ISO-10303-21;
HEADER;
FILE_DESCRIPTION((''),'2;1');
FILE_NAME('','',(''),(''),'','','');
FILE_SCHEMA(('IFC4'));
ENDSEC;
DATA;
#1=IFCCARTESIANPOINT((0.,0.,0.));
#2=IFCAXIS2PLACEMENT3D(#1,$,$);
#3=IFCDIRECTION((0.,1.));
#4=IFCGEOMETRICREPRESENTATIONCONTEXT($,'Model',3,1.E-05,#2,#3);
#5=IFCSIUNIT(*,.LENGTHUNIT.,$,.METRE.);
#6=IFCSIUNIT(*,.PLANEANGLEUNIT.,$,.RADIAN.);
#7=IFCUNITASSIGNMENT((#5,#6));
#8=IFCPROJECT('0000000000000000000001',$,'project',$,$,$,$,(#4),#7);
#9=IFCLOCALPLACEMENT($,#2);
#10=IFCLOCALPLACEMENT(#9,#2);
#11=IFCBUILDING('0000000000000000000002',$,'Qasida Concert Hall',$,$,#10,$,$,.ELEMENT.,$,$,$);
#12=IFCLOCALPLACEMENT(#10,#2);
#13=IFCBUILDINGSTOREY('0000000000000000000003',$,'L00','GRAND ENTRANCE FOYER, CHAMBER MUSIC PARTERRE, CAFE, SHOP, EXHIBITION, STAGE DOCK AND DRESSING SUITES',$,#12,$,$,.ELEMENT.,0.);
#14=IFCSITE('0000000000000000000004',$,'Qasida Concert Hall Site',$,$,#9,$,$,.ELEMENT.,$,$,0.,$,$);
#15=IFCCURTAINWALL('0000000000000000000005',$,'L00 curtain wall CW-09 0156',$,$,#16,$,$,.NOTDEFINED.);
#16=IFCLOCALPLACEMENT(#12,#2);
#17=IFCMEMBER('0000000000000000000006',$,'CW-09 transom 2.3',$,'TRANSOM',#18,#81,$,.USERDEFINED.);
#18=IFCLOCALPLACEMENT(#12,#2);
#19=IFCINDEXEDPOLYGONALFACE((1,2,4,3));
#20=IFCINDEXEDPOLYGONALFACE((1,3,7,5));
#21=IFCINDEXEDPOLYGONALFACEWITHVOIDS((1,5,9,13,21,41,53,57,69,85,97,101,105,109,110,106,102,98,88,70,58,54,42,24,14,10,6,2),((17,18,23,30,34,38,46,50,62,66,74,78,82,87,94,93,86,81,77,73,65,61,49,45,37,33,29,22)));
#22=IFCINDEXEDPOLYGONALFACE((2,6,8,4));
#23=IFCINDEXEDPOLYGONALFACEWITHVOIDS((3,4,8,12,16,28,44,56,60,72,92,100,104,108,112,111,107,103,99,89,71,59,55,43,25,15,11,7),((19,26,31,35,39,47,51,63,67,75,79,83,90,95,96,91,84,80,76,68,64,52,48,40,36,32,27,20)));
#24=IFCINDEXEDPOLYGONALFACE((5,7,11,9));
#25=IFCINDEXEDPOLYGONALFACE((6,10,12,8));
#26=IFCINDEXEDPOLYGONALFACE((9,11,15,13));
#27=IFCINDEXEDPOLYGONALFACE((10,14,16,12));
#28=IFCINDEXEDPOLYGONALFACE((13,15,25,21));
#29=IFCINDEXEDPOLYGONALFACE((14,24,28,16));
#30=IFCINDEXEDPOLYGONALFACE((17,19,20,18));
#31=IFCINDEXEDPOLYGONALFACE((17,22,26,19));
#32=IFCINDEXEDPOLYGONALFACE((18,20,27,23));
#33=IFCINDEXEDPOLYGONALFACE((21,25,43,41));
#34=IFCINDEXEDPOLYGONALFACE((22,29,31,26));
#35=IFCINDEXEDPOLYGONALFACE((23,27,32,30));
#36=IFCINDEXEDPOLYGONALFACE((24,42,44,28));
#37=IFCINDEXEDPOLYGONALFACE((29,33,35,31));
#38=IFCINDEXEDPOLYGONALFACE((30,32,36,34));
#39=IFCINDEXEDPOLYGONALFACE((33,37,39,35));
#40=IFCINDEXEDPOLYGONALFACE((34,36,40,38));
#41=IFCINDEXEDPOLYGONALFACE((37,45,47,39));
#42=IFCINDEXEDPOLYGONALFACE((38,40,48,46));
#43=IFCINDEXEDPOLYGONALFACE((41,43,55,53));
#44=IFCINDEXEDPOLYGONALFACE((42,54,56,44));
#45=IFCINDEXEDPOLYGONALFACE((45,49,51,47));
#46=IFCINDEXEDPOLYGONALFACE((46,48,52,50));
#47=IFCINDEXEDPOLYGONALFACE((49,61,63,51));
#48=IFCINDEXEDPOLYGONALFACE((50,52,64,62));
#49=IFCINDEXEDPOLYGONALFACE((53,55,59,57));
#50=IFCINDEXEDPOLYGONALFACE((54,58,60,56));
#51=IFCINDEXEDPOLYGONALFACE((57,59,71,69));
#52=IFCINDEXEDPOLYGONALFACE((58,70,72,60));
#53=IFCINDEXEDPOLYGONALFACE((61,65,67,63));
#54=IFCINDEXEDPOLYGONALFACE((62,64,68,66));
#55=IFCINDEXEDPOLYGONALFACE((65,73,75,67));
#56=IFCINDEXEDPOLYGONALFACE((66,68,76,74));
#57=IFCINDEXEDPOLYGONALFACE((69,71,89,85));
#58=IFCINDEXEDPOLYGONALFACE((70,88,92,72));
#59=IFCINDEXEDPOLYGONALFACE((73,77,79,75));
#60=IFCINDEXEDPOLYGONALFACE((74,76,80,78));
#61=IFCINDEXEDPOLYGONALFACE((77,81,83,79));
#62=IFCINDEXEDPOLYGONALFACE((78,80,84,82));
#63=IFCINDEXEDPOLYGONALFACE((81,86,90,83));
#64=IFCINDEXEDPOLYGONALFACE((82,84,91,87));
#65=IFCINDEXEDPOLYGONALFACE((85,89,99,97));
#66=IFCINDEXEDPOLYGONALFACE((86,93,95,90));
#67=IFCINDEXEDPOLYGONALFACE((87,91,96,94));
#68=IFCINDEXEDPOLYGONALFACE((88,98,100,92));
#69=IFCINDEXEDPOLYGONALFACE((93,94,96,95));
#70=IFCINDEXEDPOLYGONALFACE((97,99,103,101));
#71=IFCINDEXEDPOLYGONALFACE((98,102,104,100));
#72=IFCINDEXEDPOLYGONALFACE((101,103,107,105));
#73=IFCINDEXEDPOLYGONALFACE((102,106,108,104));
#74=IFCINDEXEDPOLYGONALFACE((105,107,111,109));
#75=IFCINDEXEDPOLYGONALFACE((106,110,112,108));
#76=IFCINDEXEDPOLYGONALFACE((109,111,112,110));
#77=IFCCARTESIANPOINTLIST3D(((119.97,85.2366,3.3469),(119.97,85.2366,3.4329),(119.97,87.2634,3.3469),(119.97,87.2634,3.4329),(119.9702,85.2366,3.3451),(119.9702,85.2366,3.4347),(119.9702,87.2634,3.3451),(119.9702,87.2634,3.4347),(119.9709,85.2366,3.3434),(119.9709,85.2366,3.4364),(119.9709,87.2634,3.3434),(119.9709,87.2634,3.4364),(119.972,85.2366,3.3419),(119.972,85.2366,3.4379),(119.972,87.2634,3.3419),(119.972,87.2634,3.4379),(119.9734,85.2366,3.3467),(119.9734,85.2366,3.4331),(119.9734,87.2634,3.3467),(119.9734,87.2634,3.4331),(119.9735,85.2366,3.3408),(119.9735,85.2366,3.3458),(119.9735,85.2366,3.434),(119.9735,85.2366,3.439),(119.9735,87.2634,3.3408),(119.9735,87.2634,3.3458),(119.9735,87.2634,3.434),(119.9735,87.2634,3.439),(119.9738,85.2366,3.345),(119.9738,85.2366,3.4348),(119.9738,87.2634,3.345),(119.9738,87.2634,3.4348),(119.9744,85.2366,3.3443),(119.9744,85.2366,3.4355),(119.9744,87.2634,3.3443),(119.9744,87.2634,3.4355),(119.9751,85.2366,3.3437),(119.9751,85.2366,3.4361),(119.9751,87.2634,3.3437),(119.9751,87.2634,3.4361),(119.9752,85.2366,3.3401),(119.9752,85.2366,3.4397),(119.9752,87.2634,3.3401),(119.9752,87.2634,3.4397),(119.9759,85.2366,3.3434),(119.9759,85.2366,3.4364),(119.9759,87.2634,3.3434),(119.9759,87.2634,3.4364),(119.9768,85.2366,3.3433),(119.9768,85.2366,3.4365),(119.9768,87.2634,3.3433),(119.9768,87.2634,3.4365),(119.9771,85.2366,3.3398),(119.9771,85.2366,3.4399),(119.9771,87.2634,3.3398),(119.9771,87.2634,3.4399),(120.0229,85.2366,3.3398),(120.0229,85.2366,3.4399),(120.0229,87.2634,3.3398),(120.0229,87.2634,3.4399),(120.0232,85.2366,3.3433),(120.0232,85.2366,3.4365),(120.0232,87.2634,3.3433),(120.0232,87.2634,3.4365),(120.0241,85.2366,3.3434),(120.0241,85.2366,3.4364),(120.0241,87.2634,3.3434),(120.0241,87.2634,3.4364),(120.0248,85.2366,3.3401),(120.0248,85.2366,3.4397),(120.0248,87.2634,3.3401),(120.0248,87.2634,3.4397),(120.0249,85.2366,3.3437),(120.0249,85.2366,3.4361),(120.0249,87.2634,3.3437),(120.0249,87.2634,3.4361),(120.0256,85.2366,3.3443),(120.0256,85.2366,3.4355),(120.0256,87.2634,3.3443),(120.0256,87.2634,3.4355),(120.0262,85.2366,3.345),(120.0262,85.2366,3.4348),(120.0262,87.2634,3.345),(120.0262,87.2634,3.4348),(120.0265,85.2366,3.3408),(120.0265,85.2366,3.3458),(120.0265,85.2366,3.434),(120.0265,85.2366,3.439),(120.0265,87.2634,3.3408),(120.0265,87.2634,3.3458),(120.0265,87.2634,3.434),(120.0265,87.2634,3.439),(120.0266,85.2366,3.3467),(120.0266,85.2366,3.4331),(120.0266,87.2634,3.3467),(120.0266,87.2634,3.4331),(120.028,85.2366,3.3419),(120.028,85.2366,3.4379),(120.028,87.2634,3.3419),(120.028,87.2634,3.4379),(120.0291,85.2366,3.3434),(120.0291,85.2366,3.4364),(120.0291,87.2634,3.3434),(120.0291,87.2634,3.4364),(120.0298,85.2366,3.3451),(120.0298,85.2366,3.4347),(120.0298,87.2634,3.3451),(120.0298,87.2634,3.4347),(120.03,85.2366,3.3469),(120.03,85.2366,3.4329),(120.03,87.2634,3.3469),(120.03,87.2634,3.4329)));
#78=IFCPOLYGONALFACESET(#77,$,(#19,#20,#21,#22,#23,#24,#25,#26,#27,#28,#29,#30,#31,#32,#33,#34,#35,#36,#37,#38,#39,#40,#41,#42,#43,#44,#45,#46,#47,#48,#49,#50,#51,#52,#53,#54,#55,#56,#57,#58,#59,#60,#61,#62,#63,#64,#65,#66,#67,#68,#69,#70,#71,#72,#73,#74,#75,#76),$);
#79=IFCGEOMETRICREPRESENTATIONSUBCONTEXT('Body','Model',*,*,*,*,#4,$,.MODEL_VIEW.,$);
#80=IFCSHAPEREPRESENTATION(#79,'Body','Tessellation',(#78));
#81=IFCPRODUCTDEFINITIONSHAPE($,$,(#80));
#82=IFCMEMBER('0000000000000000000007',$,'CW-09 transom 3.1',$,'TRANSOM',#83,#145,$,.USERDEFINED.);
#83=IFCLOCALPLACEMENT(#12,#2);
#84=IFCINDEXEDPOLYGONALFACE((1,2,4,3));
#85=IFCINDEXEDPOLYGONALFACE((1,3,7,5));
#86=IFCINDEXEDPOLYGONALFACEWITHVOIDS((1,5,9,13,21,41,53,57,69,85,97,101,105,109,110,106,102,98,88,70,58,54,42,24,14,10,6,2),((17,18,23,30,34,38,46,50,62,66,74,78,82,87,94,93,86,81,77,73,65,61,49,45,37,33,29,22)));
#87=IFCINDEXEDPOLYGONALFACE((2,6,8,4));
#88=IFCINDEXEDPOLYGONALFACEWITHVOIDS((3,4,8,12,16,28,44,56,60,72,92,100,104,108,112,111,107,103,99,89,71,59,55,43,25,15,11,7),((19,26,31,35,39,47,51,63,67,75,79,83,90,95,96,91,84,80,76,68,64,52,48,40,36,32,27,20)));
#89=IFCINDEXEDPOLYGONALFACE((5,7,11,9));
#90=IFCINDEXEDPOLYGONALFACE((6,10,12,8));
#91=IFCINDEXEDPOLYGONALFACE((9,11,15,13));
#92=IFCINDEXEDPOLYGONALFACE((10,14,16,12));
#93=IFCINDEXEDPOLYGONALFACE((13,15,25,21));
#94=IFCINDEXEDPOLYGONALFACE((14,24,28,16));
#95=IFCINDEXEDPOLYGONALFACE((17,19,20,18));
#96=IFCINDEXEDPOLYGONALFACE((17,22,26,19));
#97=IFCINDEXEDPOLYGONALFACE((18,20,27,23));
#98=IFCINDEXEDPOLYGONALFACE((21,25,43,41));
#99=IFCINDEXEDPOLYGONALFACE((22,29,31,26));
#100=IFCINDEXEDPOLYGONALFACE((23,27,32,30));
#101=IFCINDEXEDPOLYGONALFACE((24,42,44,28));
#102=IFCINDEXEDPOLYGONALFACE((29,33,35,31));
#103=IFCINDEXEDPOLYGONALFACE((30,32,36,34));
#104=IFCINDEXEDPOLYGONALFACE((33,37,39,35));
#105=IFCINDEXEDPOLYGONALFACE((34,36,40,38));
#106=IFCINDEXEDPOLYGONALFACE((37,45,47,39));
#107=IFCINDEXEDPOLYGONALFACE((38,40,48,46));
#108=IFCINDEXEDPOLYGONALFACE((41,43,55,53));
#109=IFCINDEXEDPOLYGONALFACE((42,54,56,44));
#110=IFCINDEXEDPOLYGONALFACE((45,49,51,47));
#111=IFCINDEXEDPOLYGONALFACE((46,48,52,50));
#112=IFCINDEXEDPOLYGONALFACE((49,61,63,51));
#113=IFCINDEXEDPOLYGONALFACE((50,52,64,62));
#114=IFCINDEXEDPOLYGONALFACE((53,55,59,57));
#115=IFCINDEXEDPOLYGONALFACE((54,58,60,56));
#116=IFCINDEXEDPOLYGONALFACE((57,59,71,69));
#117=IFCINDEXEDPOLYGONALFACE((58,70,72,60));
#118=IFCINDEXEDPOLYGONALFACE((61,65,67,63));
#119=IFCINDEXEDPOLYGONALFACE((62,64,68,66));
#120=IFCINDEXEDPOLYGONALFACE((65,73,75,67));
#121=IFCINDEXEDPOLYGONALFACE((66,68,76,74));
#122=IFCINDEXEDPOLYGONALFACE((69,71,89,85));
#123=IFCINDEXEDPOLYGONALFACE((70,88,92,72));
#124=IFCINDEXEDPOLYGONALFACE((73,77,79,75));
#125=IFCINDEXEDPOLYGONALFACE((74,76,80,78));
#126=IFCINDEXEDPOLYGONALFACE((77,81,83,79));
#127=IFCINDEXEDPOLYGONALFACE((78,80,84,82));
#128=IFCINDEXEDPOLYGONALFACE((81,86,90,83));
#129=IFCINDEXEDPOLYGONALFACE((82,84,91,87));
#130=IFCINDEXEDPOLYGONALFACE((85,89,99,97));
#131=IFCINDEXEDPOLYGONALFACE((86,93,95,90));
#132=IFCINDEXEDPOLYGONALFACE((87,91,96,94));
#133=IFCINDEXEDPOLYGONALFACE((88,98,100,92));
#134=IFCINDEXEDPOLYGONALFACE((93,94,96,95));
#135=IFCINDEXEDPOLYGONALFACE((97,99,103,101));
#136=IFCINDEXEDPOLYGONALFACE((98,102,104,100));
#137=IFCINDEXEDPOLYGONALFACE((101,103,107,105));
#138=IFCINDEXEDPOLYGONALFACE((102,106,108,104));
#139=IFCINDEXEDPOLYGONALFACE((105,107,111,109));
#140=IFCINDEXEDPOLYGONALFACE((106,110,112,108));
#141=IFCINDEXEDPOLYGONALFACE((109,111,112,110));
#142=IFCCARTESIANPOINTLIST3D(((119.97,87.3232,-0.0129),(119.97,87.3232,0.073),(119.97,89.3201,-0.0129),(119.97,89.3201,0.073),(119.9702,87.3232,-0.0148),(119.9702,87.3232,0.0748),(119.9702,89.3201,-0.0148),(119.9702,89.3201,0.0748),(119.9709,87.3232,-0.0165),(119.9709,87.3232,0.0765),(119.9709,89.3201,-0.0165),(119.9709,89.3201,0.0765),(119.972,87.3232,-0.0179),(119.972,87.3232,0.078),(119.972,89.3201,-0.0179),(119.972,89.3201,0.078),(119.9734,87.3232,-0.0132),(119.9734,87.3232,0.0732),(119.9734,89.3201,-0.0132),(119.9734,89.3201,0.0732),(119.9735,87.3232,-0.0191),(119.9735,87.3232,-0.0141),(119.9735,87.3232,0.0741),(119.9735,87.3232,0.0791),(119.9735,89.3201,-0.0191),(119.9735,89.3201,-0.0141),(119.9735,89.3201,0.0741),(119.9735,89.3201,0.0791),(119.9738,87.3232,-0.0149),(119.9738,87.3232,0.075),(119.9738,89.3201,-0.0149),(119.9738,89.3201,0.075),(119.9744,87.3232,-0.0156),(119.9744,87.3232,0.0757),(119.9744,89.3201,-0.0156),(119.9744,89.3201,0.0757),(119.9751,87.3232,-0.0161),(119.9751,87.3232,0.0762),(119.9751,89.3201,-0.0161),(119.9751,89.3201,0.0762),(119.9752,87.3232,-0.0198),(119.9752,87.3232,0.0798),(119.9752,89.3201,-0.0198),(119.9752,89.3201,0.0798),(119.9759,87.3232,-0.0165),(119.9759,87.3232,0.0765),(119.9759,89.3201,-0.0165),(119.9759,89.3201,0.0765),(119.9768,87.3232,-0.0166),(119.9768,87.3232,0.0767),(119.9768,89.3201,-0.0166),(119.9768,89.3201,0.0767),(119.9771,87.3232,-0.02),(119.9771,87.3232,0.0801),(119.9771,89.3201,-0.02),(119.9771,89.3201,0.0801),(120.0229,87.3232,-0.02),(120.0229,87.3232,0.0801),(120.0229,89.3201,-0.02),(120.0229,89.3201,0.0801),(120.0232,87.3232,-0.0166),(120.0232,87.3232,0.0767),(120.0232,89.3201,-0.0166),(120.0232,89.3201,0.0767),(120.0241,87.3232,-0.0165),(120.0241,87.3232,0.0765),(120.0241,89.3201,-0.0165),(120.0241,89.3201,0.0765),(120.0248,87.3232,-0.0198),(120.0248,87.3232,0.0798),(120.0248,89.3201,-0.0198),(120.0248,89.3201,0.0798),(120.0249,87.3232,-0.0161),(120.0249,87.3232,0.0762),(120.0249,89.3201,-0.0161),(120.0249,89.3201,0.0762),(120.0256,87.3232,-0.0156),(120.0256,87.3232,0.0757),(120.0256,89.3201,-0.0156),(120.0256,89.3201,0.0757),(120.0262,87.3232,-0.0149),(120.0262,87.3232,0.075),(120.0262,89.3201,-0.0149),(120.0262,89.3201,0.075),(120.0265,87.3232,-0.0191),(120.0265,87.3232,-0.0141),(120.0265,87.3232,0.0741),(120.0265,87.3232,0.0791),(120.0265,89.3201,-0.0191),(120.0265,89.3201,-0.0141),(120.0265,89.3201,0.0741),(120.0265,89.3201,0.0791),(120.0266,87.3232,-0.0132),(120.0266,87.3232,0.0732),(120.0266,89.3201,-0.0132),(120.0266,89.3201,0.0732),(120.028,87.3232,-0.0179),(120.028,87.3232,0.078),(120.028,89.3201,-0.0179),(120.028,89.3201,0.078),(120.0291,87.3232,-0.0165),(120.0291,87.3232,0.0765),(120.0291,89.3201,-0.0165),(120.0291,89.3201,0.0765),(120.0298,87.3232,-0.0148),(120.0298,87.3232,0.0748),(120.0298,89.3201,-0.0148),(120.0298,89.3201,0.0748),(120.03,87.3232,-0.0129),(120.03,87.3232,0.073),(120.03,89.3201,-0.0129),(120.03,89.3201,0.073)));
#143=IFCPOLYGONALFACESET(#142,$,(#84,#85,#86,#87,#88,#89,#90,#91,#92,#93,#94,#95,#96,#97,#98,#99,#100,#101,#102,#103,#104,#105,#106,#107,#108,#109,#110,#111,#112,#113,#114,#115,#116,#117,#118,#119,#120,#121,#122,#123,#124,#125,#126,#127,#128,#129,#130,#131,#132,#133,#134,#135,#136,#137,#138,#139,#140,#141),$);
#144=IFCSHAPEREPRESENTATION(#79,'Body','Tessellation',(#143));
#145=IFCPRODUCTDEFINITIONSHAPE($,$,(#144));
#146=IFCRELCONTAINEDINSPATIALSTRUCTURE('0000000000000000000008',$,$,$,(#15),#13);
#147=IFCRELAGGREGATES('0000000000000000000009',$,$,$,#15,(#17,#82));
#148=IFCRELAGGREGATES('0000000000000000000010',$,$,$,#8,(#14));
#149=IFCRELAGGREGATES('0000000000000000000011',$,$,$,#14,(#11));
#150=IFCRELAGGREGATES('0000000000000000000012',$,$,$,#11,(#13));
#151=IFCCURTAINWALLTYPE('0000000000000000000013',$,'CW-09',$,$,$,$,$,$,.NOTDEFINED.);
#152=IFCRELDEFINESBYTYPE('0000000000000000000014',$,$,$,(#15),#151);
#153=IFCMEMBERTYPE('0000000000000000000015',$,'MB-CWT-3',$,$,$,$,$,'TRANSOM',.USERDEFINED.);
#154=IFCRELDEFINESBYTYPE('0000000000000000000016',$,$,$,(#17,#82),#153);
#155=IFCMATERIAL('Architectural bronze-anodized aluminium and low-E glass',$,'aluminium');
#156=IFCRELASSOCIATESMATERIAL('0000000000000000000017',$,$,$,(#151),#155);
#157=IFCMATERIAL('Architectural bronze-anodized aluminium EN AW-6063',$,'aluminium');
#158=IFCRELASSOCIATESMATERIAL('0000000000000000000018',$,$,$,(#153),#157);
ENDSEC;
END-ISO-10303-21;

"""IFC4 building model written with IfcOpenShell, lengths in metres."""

from ifc_helpers import new_model, si_unit, direction, frame, origin, origin_2d, place, context, subcontext, project, spatial, hollow_rectangle, extrude, material, material_profile, profile_set, type_object, element, aggregate, save


model = new_model("IFC4")

# Units and contexts
model_context = context("Model", 3, precision=1e-05, world=origin(), true_north=direction((0.0, 1.0)))
body_context = subcontext(model_context, "Body", "Model", "MODEL_VIEW")
ifc_project = project(units=[si_unit("LENGTHUNIT", "METRE"), si_unit("PLANEANGLEUNIT", "RADIAN")], contexts=[model_context])

# Site, building, storey
site_placement = place(None, origin())
site = spatial("IfcSite", under=ifc_project, at=site_placement, Name="Qasida Concert Hall Site", CompositionType="ELEMENT", RefElevation=0.0)
building_placement = place(site_placement, origin())
building = spatial("IfcBuilding", under=site, at=building_placement, Name="Qasida Concert Hall", CompositionType="ELEMENT")
storey_placement = place(building_placement, origin())
storey = spatial("IfcBuildingStorey", under=building, at=storey_placement, Name="L00", Description="GRAND ENTRANCE FOYER, CHAMBER MUSIC PARTERRE, CAFE, SHOP, EXHIBITION, STAGE DOCK AND DRESSING SUITES", CompositionType="ELEMENT", Elevation=0.0)

# Curtain wall, members
ifc_material_1 = material(Name="Architectural bronze-anodized aluminium and low-E glass", Category="aluminium")
curtain_wall_type = type_object("IfcCurtainWallType", Name="CW-09", PredefinedType="NOTDEFINED", material=ifc_material_1)
curtain_wall_placement = place(storey_placement, origin())
curtain_wall = element("IfcCurtainWall", 1, at=curtain_wall_placement, inside=storey, type_object=curtain_wall_type, Name="L00 curtain wall CW-09 0156", PredefinedType="NOTDEFINED")
ifc_material_2 = material(Name="Architectural bronze-anodized aluminium EN AW-6063", Category="aluminium")
ifc_material_profile_1 = material_profile(ifc_material_2, hollow_rectangle(XDim=0.0601, YDim=0.1001, WallThickness=0.0034, InnerFilletRadius=0.0034, OuterFilletRadius=0.0071, at=origin_2d()), Name="CWT 100x60x3.5")
ifc_profile_set_1 = profile_set([ifc_material_profile_1], Name="Architectural bronze-anodized aluminium EN AW-6063")
member_type_1 = type_object("IfcMemberType", Name="MB-CWT-3", ElementType="TRANSOM", PredefinedType="USERDEFINED", material=ifc_profile_set_1)
member_1_placement = place(storey_placement, frame((120.0, 85.2366, 3.3899), z_axis=(0.0, 1.0, 0.0), x_axis=(-1.0, 0.0, 0.0)))
member_1 = element("IfcMember", 2, at=member_1_placement, type_object=member_type_1, Name="CW-09 transom 2.3", ObjectType="TRANSOM", PredefinedType="USERDEFINED", context=body_context, shape_type="SweptSolid", body=[
    extrude(hollow_rectangle(XDim=0.0601, YDim=0.1001, WallThickness=0.0034, InnerFilletRadius=0.0034, OuterFilletRadius=0.0071, at=origin_2d()), origin(), (0.0, 0.0, 1.0), 2.0269),
])
member_2_placement = place(storey_placement, frame((120.0, 87.3232, 0.03), z_axis=(0.0, 1.0, 0.0), x_axis=(-1.0, 0.0, 0.0)))
member_2 = element("IfcMember", 3, at=member_2_placement, type_object=member_type_1, Name="CW-09 transom 3.1", ObjectType="TRANSOM", PredefinedType="USERDEFINED", context=body_context, shape_type="SweptSolid", body=[
    extrude(hollow_rectangle(XDim=0.0601, YDim=0.1001, WallThickness=0.0034, InnerFilletRadius=0.0034, OuterFilletRadius=0.0071, at=origin_2d()), origin(), (0.0, 0.0, 1.0), 1.9968),
])
aggregate(curtain_wall, [member_1, member_2])

save(model, "model.ifc")
